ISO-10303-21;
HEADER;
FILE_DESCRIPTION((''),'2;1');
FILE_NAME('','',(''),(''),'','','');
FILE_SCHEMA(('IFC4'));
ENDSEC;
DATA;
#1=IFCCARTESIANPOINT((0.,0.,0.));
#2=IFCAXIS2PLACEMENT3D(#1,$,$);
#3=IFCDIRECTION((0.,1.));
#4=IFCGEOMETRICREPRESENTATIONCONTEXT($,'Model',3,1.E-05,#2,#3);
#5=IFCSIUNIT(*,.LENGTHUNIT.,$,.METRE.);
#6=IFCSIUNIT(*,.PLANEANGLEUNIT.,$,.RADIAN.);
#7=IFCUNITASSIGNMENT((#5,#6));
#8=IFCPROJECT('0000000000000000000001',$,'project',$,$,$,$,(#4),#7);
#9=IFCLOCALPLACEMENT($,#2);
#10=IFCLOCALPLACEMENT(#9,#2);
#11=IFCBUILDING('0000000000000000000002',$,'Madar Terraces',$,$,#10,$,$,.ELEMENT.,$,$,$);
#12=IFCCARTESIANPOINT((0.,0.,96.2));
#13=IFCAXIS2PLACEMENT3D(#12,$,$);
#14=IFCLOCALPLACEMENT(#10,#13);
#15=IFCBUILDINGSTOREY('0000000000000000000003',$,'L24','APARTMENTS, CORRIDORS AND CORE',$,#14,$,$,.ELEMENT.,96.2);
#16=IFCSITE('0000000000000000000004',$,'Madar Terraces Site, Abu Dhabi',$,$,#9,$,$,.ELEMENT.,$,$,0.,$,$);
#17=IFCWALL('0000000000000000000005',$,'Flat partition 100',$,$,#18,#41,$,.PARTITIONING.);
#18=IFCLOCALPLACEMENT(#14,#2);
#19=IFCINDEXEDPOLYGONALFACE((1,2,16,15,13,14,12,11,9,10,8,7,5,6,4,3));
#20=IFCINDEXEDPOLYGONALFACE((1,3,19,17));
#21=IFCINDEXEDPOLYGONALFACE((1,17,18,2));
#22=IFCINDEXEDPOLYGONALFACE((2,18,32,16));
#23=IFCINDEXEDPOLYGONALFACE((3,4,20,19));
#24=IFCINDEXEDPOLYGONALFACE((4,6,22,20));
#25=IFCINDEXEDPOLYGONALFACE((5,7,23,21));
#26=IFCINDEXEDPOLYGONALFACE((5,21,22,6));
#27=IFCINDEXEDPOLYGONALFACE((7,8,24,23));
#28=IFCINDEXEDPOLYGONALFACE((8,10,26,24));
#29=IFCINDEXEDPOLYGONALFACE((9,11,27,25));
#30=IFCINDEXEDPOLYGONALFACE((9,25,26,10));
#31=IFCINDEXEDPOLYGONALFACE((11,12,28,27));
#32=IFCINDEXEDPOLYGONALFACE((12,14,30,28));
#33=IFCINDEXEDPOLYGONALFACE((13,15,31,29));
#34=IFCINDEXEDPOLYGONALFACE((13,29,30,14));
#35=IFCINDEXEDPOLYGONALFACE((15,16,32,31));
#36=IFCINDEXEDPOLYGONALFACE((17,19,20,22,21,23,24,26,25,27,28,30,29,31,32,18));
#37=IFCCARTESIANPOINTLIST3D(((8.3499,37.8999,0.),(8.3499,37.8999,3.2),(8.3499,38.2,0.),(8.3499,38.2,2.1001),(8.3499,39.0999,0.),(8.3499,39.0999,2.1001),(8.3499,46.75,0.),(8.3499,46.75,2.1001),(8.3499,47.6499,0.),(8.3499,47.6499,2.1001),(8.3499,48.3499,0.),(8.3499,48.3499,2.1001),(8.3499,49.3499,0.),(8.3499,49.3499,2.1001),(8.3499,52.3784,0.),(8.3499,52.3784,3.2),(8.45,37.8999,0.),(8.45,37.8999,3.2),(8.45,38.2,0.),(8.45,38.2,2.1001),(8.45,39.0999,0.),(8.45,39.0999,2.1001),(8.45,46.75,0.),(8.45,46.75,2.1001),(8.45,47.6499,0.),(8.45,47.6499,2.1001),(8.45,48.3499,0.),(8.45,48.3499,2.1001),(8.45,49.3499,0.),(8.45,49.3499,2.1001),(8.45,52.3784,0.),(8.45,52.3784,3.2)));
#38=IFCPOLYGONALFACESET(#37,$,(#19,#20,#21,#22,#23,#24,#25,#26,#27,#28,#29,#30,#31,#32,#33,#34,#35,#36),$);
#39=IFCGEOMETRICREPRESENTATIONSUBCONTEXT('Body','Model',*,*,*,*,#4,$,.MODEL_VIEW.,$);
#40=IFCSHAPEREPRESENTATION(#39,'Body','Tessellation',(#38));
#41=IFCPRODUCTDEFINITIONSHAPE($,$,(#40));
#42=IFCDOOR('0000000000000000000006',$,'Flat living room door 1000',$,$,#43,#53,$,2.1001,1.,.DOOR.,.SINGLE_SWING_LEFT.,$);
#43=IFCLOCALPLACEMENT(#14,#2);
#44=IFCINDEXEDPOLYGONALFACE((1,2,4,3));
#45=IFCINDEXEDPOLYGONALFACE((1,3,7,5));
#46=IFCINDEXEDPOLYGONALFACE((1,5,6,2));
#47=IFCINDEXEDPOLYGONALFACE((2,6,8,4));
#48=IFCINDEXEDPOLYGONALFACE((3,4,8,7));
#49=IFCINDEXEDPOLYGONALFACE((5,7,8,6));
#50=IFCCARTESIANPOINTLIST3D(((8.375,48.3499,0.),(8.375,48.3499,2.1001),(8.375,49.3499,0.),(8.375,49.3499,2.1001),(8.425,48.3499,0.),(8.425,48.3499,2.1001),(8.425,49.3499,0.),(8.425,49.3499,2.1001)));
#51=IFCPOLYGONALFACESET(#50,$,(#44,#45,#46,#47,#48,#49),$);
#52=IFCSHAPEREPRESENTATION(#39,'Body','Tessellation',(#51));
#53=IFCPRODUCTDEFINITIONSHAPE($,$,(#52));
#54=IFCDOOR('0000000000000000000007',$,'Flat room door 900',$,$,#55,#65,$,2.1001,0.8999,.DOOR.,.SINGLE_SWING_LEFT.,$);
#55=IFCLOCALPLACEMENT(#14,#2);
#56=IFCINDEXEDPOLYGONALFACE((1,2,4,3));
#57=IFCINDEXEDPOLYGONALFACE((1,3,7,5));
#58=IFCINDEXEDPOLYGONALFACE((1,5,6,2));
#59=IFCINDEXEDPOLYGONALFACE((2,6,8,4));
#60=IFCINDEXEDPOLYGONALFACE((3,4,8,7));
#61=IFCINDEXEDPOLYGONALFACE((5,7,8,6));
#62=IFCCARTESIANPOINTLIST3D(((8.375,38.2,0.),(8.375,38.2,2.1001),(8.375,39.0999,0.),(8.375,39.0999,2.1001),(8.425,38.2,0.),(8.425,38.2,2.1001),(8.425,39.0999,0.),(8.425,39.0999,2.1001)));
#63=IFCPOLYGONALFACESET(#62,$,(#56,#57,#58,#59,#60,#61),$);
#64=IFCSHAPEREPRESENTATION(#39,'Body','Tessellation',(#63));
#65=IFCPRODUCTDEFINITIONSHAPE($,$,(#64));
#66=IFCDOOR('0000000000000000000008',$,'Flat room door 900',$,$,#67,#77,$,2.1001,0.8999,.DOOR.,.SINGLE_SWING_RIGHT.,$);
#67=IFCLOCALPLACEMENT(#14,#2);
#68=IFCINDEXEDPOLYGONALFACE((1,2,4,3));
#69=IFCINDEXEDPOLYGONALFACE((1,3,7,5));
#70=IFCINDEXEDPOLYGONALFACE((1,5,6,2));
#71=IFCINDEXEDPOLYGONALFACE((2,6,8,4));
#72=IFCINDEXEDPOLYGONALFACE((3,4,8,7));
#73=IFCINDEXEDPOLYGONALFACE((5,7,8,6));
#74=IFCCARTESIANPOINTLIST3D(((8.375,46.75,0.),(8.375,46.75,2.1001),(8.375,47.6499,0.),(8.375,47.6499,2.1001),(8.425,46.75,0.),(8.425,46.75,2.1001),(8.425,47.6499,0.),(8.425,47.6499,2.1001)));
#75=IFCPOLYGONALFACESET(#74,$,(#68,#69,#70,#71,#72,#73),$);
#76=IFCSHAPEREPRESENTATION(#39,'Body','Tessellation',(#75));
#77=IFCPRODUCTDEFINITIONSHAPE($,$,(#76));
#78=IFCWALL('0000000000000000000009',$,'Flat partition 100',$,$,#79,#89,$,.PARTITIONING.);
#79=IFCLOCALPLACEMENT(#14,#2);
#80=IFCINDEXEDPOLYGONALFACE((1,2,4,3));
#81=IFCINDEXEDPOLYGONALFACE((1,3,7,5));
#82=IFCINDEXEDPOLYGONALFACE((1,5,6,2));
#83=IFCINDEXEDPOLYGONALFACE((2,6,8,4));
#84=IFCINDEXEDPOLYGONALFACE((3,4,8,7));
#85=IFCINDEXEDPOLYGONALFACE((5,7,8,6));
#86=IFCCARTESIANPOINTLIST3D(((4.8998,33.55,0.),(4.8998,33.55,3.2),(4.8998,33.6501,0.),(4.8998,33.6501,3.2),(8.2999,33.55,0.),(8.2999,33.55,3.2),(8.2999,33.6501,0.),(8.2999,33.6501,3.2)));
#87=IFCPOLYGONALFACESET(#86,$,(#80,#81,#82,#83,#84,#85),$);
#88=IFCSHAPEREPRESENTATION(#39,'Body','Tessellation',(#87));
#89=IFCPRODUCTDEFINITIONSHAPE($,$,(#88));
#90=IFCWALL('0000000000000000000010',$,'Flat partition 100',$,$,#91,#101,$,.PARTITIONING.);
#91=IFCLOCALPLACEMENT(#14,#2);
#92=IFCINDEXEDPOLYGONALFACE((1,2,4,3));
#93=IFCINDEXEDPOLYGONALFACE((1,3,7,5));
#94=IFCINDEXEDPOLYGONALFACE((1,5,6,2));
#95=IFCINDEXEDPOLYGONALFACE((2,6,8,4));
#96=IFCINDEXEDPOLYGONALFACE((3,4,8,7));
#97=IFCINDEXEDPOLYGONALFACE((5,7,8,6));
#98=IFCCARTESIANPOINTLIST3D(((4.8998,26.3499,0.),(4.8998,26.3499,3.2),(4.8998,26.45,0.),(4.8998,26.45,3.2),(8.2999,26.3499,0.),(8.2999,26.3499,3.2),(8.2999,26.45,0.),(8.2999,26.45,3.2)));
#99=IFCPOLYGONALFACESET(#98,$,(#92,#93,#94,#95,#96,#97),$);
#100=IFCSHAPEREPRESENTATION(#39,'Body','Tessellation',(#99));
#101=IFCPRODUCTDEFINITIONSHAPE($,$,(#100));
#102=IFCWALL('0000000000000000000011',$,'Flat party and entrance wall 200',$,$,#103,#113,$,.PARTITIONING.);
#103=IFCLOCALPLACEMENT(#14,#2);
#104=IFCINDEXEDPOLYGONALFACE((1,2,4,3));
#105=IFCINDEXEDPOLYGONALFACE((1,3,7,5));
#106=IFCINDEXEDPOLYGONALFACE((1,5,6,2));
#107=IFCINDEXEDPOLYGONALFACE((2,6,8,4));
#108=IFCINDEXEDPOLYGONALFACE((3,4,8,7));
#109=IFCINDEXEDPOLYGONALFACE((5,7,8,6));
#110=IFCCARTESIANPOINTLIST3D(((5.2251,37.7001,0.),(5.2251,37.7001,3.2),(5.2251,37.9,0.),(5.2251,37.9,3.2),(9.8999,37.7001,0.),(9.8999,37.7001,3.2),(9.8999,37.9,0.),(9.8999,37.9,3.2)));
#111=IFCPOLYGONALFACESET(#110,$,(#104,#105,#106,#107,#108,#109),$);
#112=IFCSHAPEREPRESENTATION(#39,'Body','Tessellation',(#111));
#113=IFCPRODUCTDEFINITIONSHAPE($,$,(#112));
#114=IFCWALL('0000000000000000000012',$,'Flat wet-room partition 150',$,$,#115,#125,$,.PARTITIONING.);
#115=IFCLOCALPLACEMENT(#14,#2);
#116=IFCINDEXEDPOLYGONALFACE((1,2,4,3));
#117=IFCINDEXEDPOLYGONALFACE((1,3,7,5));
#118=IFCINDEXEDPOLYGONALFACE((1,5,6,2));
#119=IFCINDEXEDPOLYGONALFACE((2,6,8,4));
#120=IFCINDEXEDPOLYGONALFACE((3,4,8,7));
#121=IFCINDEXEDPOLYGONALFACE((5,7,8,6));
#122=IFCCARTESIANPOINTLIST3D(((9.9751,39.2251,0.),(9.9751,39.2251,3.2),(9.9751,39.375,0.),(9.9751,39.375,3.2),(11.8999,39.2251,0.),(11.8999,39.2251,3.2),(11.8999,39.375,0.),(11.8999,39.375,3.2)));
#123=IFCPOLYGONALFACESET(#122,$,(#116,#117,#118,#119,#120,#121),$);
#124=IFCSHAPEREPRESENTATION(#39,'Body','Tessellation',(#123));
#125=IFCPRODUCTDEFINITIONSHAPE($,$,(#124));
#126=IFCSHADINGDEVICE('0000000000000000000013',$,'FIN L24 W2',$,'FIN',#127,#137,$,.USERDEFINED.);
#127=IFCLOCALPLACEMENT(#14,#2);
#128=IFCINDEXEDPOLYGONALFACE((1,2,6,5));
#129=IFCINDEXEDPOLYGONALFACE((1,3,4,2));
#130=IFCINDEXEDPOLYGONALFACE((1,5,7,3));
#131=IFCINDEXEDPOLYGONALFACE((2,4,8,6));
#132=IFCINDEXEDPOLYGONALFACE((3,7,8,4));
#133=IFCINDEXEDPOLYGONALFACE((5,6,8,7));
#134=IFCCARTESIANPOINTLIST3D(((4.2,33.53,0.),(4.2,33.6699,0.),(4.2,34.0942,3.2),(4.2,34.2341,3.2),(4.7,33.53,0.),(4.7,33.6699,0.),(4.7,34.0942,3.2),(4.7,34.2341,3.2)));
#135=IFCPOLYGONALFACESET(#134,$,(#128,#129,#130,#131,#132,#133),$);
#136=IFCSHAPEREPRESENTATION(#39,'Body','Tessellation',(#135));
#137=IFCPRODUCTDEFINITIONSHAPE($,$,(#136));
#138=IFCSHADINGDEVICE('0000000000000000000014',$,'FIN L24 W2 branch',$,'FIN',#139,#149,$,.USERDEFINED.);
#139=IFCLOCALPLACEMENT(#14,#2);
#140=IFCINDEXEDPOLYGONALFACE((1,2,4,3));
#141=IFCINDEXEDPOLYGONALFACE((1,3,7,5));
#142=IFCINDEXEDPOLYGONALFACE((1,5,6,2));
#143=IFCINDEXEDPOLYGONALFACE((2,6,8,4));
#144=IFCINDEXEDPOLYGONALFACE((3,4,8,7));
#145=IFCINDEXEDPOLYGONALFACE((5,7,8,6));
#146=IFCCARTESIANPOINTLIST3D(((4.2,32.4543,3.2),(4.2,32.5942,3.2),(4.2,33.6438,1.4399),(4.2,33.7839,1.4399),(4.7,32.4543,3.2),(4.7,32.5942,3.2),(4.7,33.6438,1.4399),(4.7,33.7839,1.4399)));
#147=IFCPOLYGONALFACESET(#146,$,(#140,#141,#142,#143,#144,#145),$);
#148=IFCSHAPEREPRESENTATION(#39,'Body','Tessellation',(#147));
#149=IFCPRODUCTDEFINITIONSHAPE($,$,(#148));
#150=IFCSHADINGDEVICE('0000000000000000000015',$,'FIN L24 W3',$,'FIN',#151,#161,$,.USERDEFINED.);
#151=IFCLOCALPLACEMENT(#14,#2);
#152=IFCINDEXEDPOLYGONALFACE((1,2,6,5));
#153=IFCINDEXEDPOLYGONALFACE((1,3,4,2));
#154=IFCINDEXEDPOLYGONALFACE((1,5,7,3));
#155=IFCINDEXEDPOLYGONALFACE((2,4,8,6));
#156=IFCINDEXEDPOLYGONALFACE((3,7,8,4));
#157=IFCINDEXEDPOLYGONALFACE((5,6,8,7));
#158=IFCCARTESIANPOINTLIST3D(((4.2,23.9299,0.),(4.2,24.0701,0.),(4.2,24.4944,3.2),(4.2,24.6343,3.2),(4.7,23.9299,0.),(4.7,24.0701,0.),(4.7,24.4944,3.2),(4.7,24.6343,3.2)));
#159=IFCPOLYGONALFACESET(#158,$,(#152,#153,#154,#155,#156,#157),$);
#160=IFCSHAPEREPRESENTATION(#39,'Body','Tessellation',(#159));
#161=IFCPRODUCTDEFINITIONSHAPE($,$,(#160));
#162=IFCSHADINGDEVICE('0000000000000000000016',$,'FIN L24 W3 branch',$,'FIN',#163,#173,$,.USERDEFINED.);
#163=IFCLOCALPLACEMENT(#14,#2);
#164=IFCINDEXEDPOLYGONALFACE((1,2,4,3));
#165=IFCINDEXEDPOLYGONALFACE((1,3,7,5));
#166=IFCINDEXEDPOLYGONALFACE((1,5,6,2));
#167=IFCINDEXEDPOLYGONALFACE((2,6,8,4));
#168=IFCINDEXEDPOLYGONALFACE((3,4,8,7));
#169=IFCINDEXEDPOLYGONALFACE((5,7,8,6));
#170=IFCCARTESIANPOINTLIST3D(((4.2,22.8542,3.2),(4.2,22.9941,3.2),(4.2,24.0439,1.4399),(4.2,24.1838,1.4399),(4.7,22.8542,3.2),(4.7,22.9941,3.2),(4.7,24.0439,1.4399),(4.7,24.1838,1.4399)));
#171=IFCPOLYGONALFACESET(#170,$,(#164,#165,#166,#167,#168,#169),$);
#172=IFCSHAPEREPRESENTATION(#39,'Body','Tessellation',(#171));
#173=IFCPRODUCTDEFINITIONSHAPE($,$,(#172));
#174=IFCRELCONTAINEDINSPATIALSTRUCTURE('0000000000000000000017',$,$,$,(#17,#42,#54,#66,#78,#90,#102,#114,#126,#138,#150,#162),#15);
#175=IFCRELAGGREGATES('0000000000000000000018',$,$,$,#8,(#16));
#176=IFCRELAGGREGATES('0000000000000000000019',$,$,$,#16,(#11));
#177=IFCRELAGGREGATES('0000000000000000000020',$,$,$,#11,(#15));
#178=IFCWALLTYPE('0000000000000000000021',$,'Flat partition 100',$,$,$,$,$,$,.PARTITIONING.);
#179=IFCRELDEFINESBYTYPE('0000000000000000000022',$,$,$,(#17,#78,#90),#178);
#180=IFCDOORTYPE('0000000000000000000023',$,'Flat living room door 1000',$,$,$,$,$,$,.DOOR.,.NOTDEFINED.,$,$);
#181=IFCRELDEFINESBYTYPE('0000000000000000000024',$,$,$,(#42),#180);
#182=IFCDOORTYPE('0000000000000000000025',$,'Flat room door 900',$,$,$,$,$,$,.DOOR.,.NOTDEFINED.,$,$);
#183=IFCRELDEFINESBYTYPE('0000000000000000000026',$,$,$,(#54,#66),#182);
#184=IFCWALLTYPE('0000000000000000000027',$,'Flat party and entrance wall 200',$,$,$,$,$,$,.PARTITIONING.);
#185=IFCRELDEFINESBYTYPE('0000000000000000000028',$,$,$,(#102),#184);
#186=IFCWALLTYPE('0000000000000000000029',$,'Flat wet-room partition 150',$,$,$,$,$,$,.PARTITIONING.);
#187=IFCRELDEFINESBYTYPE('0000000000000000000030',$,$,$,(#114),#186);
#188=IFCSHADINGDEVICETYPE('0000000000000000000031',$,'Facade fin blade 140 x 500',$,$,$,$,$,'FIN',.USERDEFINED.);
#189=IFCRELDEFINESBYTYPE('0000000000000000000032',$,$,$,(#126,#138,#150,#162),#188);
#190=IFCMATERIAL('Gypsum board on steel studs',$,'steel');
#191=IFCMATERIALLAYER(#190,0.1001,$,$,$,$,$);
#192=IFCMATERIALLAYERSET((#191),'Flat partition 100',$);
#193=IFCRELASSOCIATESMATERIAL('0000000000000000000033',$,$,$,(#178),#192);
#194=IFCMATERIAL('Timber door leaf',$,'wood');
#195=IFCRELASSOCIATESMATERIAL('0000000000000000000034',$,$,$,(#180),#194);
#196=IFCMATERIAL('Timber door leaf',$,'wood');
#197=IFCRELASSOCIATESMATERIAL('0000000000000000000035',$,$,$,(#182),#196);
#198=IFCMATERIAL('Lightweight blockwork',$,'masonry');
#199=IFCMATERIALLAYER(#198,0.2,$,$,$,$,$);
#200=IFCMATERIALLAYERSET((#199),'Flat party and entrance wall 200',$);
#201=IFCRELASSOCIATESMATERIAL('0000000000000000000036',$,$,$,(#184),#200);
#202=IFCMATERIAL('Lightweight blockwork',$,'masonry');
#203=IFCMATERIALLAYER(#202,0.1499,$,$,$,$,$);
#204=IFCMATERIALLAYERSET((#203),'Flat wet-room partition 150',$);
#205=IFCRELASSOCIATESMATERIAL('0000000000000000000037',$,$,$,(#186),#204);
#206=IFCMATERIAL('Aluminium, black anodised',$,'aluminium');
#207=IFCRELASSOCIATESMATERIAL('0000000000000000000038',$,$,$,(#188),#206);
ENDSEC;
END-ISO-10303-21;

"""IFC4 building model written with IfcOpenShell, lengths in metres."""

from ifc_helpers import new_model, si_unit, direction, frame, frame_2d, origin, place, context, subcontext, project, spatial, polyline, rectangle, outline, extrude, material, layer, layer_set, type_object, element, fill, save


model = new_model("IFC4")

# Units and contexts
model_context = context("Model", 3, precision=1e-05, world=origin(), true_north=direction((0.0, 1.0)))
body_context = subcontext(model_context, "Body", "Model", "MODEL_VIEW")
ifc_project = project(units=[si_unit("LENGTHUNIT", "METRE"), si_unit("PLANEANGLEUNIT", "RADIAN")], contexts=[model_context])

# Site, building, storey
site_placement = place(None, origin())
site = spatial("IfcSite", under=ifc_project, at=site_placement, Name="Madar Terraces Site, Abu Dhabi", CompositionType="ELEMENT", RefElevation=0.0)
building_placement = place(site_placement, origin())
building = spatial("IfcBuilding", under=site, at=building_placement, Name="Madar Terraces", CompositionType="ELEMENT")
storey_placement = place(building_placement, frame((0.0, 0.0, 96.2)))
storey = spatial("IfcBuildingStorey", under=building, at=storey_placement, Name="L24", Description="APARTMENTS, CORRIDORS AND CORE", CompositionType="ELEMENT", Elevation=96.2)

# Wall, openings, doors
ifc_material_1 = material(Name="Gypsum board on steel studs", Category="steel")
ifc_layer_1 = layer(ifc_material_1, 0.1001)
ifc_layer_set_1 = layer_set([ifc_layer_1], Name="Flat partition 100")
wall_type_1 = type_object("IfcWallType", Name="Flat partition 100", PredefinedType="PARTITIONING", material=ifc_layer_set_1)
wall_1_placement = place(storey_placement, frame((8.3999, 37.8999, 0.0), z_axis=(0.0, 0.0, 1.0), x_axis=(0.0, 1.0, 0.0)))
wall_1 = element("IfcWall", 1, at=wall_1_placement, inside=storey, type_object=wall_type_1, Name="Flat partition 100", PredefinedType="PARTITIONING", context=body_context, shape_type="SweptSolid", body=[
    extrude(rectangle(XDim=14.4785, YDim=0.1001, at=frame_2d((7.2393, 0.0))), origin(), (0.0, 0.0, 1.0), 3.2),
])
opening_1_placement = place(wall_1_placement, frame((0.3, 0.0, 0.0)))
opening_1 = element("IfcOpeningElement", 2, at=opening_1_placement, cuts=wall_1, PredefinedType="OPENING", context=body_context, shape_type="SweptSolid", body=[
    extrude(rectangle(XDim=0.8999, YDim=2.1001, at=frame_2d((0.45, 1.05))), frame((0.0, 0.0601, 0.0), z_axis=(0.0, -1.0, 0.0), x_axis=(1.0, 0.0, 0.0)), (0.0, 0.0, 1.0), 0.1201),
])
opening_2_placement = place(wall_1_placement, frame((8.8501, 0.0, 0.0)))
opening_2 = element("IfcOpeningElement", 3, at=opening_2_placement, cuts=wall_1, PredefinedType="OPENING", context=body_context, shape_type="SweptSolid", body=[
    extrude(rectangle(XDim=0.8999, YDim=2.1001, at=frame_2d((0.45, 1.05))), frame((0.0, 0.0601, 0.0), z_axis=(0.0, -1.0, 0.0), x_axis=(1.0, 0.0, 0.0)), (0.0, 0.0, 1.0), 0.1201),
])
opening_3_placement = place(wall_1_placement, frame((10.45, 0.0, 0.0)))
opening_3 = element("IfcOpeningElement", 4, at=opening_3_placement, cuts=wall_1, PredefinedType="OPENING", context=body_context, shape_type="SweptSolid", body=[
    extrude(rectangle(XDim=1.0, YDim=2.1001, at=frame_2d((0.5, 1.05))), frame((0.0, 0.0601, 0.0), z_axis=(0.0, -1.0, 0.0), x_axis=(1.0, 0.0, 0.0)), (0.0, 0.0, 1.0), 0.1201),
])
ifc_material_2 = material(Name="Timber door leaf", Category="wood")
door_type_1 = type_object("IfcDoorType", Name="Flat living room door 1000", OperationType="NOTDEFINED", PredefinedType="DOOR", material=ifc_material_2)
door_1_placement = place(opening_3_placement, origin())
door_1 = element("IfcDoor", 5, at=door_1_placement, inside=storey, type_object=door_type_1, Name="Flat living room door 1000", OperationType="SINGLE_SWING_LEFT", OverallHeight=2.1001, OverallWidth=1.0, PredefinedType="DOOR", context=body_context, shape_type="SweptSolid", body=[
    extrude(rectangle(XDim=1.0, YDim=2.1001, at=frame_2d((0.5, 1.05))), frame((0.0, 0.0249, 0.0), z_axis=(0.0, -1.0, 0.0), x_axis=(1.0, 0.0, 0.0)), (0.0, 0.0, 1.0), 0.05),
])
fill(opening_3, door_1)
ifc_material_3 = material(Name="Timber door leaf", Category="wood")
door_type_2 = type_object("IfcDoorType", Name="Flat room door 900", OperationType="NOTDEFINED", PredefinedType="DOOR", material=ifc_material_3)
door_2_placement = place(opening_1_placement, origin())
door_2 = element("IfcDoor", 6, at=door_2_placement, inside=storey, type_object=door_type_2, Name="Flat room door 900", OperationType="SINGLE_SWING_LEFT", OverallHeight=2.1001, OverallWidth=0.8999, PredefinedType="DOOR", context=body_context, shape_type="SweptSolid", body=[
    extrude(rectangle(XDim=0.8999, YDim=2.1001, at=frame_2d((0.45, 1.05))), frame((0.0, 0.0249, 0.0), z_axis=(0.0, -1.0, 0.0), x_axis=(1.0, 0.0, 0.0)), (0.0, 0.0, 1.0), 0.05),
])
fill(opening_1, door_2)
door_3_placement = place(opening_2_placement, origin())
door_3 = element("IfcDoor", 7, at=door_3_placement, inside=storey, type_object=door_type_2, Name="Flat room door 900", OperationType="SINGLE_SWING_RIGHT", OverallHeight=2.1001, OverallWidth=0.8999, PredefinedType="DOOR", context=body_context, shape_type="SweptSolid", body=[
    extrude(rectangle(XDim=0.8999, YDim=2.1001, at=frame_2d((0.45, 1.05))), frame((0.0, 0.0249, 0.0), z_axis=(0.0, -1.0, 0.0), x_axis=(1.0, 0.0, 0.0)), (0.0, 0.0, 1.0), 0.05),
])
fill(opening_2, door_3)

# Walls
for number, where, z_axis, x_axis, name in (
    (8, (8.3, 33.6001, 0.0), (0.0, 0.0, 1.0), (-1.0, 0.0, 0.0), "Flat partition 100"),
    (9, (8.3, 26.3999, 0.0), (0.0, 0.0, 1.0), (-1.0, 0.0, 0.0), "Flat partition 100"),
):
    element("IfcWall", number, at=place(storey_placement, frame(where, z_axis=z_axis, x_axis=x_axis)), inside=storey, type_object=wall_type_1, Name=name, PredefinedType="PARTITIONING", context=body_context, shape_type="SweptSolid", body=[
        extrude(rectangle(XDim=3.4001, YDim=0.1001, at=frame_2d((1.7002, 0.0))), origin(), (0.0, 0.0, 1.0), 3.2),
    ])
ifc_material_4 = material(Name="Lightweight blockwork", Category="masonry")
ifc_layer_2 = layer(ifc_material_4, 0.2)
ifc_layer_set_2 = layer_set([ifc_layer_2], Name="Flat party and entrance wall 200")
wall_type_2 = type_object("IfcWallType", Name="Flat party and entrance wall 200", PredefinedType="PARTITIONING", material=ifc_layer_set_2)
wall_2_placement = place(storey_placement, frame((5.2251, 37.8, 0.0), z_axis=(0.0, 0.0, 1.0), x_axis=(1.0, 0.0, 0.0)))
element("IfcWall", 10, at=wall_2_placement, inside=storey, type_object=wall_type_2, Name="Flat party and entrance wall 200", PredefinedType="PARTITIONING", context=body_context, shape_type="SweptSolid", body=[
    extrude(rectangle(XDim=4.6748, YDim=0.2, at=frame_2d((2.3374, 0.0))), origin(), (0.0, 0.0, 1.0), 3.2),
])
ifc_material_5 = material(Name="Lightweight blockwork", Category="masonry")
ifc_layer_3 = layer(ifc_material_5, 0.1499)
ifc_layer_set_3 = layer_set([ifc_layer_3], Name="Flat wet-room partition 150")
wall_type_3 = type_object("IfcWallType", Name="Flat wet-room partition 150", PredefinedType="PARTITIONING", material=ifc_layer_set_3)
wall_3_placement = place(storey_placement, frame((11.8999, 39.3, 0.0), z_axis=(0.0, 0.0, 1.0), x_axis=(-1.0, 0.0, 0.0)))
element("IfcWall", 11, at=wall_3_placement, inside=storey, type_object=wall_type_3, Name="Flat wet-room partition 150", PredefinedType="PARTITIONING", context=body_context, shape_type="SweptSolid", body=[
    extrude(rectangle(XDim=1.9248, YDim=0.1499, at=frame_2d((0.9624, 0.0))), origin(), (0.0, 0.0, 1.0), 3.2),
])

# Shading devices
ifc_material_6 = material(Name="Aluminium, black anodised", Category="aluminium")
shading_device_type = type_object("IfcShadingDeviceType", Name="Facade fin blade 140 x 500", ElementType="FIN", PredefinedType="USERDEFINED", material=ifc_material_6)
shading_device_1_placement = place(storey_placement, frame((4.45, 33.6699, 0.0), z_axis=(0.0, 0.0, 1.0), x_axis=(0.0, -1.0, 0.0)))
element("IfcShadingDevice", 12, at=shading_device_1_placement, inside=storey, type_object=shading_device_type, Name="FIN L24 W2", ObjectType="FIN", PredefinedType="USERDEFINED", context=body_context, shape_type="SweptSolid", body=[
    extrude(outline(polyline([(0.0, 0.0), (0.1399, 0.0), (-0.4243, 3.2), (-0.5642, 3.2), (0.0, 0.0)])), frame((0.0, 0.25, 0.0), z_axis=(0.0, -1.0, 0.0), x_axis=(1.0, 0.0, 0.0)), (0.0, 0.0, 1.0), 0.5),
])
shading_device_2_placement = place(storey_placement, frame((4.45, 33.7839, 1.4399), z_axis=(0.0, 0.0, 1.0), x_axis=(0.0, -1.0, 0.0)))
element("IfcShadingDevice", 13, at=shading_device_2_placement, inside=storey, type_object=shading_device_type, Name="FIN L24 W2 branch", ObjectType="FIN", PredefinedType="USERDEFINED", context=body_context, shape_type="SweptSolid", body=[
    extrude(outline(polyline([(0.0, 0.0), (0.1401, 0.0), (1.3296, 1.76), (1.1897, 1.76), (0.0, 0.0)])), frame((0.0, 0.25, 0.0), z_axis=(0.0, -1.0, 0.0), x_axis=(1.0, 0.0, 0.0)), (0.0, 0.0, 1.0), 0.5),
])
shading_device_3_placement = place(storey_placement, frame((4.45, 24.0701, 0.0), z_axis=(0.0, 0.0, 1.0), x_axis=(0.0, -1.0, 0.0)))
element("IfcShadingDevice", 14, at=shading_device_3_placement, inside=storey, type_object=shading_device_type, Name="FIN L24 W3", ObjectType="FIN", PredefinedType="USERDEFINED", context=body_context, shape_type="SweptSolid", body=[
    extrude(outline(polyline([(0.0, 0.0), (0.1401, 0.0), (-0.4243, 3.2), (-0.5642, 3.2), (0.0, 0.0)])), frame((0.0, 0.25, 0.0), z_axis=(0.0, -1.0, 0.0), x_axis=(1.0, 0.0, 0.0)), (0.0, 0.0, 1.0), 0.5),
])
shading_device_4_placement = place(storey_placement, frame((4.45, 24.1838, 1.4399), z_axis=(0.0, 0.0, 1.0), x_axis=(0.0, -1.0, 0.0)))
element("IfcShadingDevice", 15, at=shading_device_4_placement, inside=storey, type_object=shading_device_type, Name="FIN L24 W3 branch", ObjectType="FIN", PredefinedType="USERDEFINED", context=body_context, shape_type="SweptSolid", body=[
    extrude(outline(polyline([(0.0, 0.0), (0.1399, 0.0), (1.3296, 1.76), (1.1897, 1.76), (0.0, 0.0)])), frame((0.0, 0.25, 0.0), z_axis=(0.0, -1.0, 0.0), x_axis=(1.0, 0.0, 0.0)), (0.0, 0.0, 1.0), 0.5),
])

save(model, "model.ifc")
